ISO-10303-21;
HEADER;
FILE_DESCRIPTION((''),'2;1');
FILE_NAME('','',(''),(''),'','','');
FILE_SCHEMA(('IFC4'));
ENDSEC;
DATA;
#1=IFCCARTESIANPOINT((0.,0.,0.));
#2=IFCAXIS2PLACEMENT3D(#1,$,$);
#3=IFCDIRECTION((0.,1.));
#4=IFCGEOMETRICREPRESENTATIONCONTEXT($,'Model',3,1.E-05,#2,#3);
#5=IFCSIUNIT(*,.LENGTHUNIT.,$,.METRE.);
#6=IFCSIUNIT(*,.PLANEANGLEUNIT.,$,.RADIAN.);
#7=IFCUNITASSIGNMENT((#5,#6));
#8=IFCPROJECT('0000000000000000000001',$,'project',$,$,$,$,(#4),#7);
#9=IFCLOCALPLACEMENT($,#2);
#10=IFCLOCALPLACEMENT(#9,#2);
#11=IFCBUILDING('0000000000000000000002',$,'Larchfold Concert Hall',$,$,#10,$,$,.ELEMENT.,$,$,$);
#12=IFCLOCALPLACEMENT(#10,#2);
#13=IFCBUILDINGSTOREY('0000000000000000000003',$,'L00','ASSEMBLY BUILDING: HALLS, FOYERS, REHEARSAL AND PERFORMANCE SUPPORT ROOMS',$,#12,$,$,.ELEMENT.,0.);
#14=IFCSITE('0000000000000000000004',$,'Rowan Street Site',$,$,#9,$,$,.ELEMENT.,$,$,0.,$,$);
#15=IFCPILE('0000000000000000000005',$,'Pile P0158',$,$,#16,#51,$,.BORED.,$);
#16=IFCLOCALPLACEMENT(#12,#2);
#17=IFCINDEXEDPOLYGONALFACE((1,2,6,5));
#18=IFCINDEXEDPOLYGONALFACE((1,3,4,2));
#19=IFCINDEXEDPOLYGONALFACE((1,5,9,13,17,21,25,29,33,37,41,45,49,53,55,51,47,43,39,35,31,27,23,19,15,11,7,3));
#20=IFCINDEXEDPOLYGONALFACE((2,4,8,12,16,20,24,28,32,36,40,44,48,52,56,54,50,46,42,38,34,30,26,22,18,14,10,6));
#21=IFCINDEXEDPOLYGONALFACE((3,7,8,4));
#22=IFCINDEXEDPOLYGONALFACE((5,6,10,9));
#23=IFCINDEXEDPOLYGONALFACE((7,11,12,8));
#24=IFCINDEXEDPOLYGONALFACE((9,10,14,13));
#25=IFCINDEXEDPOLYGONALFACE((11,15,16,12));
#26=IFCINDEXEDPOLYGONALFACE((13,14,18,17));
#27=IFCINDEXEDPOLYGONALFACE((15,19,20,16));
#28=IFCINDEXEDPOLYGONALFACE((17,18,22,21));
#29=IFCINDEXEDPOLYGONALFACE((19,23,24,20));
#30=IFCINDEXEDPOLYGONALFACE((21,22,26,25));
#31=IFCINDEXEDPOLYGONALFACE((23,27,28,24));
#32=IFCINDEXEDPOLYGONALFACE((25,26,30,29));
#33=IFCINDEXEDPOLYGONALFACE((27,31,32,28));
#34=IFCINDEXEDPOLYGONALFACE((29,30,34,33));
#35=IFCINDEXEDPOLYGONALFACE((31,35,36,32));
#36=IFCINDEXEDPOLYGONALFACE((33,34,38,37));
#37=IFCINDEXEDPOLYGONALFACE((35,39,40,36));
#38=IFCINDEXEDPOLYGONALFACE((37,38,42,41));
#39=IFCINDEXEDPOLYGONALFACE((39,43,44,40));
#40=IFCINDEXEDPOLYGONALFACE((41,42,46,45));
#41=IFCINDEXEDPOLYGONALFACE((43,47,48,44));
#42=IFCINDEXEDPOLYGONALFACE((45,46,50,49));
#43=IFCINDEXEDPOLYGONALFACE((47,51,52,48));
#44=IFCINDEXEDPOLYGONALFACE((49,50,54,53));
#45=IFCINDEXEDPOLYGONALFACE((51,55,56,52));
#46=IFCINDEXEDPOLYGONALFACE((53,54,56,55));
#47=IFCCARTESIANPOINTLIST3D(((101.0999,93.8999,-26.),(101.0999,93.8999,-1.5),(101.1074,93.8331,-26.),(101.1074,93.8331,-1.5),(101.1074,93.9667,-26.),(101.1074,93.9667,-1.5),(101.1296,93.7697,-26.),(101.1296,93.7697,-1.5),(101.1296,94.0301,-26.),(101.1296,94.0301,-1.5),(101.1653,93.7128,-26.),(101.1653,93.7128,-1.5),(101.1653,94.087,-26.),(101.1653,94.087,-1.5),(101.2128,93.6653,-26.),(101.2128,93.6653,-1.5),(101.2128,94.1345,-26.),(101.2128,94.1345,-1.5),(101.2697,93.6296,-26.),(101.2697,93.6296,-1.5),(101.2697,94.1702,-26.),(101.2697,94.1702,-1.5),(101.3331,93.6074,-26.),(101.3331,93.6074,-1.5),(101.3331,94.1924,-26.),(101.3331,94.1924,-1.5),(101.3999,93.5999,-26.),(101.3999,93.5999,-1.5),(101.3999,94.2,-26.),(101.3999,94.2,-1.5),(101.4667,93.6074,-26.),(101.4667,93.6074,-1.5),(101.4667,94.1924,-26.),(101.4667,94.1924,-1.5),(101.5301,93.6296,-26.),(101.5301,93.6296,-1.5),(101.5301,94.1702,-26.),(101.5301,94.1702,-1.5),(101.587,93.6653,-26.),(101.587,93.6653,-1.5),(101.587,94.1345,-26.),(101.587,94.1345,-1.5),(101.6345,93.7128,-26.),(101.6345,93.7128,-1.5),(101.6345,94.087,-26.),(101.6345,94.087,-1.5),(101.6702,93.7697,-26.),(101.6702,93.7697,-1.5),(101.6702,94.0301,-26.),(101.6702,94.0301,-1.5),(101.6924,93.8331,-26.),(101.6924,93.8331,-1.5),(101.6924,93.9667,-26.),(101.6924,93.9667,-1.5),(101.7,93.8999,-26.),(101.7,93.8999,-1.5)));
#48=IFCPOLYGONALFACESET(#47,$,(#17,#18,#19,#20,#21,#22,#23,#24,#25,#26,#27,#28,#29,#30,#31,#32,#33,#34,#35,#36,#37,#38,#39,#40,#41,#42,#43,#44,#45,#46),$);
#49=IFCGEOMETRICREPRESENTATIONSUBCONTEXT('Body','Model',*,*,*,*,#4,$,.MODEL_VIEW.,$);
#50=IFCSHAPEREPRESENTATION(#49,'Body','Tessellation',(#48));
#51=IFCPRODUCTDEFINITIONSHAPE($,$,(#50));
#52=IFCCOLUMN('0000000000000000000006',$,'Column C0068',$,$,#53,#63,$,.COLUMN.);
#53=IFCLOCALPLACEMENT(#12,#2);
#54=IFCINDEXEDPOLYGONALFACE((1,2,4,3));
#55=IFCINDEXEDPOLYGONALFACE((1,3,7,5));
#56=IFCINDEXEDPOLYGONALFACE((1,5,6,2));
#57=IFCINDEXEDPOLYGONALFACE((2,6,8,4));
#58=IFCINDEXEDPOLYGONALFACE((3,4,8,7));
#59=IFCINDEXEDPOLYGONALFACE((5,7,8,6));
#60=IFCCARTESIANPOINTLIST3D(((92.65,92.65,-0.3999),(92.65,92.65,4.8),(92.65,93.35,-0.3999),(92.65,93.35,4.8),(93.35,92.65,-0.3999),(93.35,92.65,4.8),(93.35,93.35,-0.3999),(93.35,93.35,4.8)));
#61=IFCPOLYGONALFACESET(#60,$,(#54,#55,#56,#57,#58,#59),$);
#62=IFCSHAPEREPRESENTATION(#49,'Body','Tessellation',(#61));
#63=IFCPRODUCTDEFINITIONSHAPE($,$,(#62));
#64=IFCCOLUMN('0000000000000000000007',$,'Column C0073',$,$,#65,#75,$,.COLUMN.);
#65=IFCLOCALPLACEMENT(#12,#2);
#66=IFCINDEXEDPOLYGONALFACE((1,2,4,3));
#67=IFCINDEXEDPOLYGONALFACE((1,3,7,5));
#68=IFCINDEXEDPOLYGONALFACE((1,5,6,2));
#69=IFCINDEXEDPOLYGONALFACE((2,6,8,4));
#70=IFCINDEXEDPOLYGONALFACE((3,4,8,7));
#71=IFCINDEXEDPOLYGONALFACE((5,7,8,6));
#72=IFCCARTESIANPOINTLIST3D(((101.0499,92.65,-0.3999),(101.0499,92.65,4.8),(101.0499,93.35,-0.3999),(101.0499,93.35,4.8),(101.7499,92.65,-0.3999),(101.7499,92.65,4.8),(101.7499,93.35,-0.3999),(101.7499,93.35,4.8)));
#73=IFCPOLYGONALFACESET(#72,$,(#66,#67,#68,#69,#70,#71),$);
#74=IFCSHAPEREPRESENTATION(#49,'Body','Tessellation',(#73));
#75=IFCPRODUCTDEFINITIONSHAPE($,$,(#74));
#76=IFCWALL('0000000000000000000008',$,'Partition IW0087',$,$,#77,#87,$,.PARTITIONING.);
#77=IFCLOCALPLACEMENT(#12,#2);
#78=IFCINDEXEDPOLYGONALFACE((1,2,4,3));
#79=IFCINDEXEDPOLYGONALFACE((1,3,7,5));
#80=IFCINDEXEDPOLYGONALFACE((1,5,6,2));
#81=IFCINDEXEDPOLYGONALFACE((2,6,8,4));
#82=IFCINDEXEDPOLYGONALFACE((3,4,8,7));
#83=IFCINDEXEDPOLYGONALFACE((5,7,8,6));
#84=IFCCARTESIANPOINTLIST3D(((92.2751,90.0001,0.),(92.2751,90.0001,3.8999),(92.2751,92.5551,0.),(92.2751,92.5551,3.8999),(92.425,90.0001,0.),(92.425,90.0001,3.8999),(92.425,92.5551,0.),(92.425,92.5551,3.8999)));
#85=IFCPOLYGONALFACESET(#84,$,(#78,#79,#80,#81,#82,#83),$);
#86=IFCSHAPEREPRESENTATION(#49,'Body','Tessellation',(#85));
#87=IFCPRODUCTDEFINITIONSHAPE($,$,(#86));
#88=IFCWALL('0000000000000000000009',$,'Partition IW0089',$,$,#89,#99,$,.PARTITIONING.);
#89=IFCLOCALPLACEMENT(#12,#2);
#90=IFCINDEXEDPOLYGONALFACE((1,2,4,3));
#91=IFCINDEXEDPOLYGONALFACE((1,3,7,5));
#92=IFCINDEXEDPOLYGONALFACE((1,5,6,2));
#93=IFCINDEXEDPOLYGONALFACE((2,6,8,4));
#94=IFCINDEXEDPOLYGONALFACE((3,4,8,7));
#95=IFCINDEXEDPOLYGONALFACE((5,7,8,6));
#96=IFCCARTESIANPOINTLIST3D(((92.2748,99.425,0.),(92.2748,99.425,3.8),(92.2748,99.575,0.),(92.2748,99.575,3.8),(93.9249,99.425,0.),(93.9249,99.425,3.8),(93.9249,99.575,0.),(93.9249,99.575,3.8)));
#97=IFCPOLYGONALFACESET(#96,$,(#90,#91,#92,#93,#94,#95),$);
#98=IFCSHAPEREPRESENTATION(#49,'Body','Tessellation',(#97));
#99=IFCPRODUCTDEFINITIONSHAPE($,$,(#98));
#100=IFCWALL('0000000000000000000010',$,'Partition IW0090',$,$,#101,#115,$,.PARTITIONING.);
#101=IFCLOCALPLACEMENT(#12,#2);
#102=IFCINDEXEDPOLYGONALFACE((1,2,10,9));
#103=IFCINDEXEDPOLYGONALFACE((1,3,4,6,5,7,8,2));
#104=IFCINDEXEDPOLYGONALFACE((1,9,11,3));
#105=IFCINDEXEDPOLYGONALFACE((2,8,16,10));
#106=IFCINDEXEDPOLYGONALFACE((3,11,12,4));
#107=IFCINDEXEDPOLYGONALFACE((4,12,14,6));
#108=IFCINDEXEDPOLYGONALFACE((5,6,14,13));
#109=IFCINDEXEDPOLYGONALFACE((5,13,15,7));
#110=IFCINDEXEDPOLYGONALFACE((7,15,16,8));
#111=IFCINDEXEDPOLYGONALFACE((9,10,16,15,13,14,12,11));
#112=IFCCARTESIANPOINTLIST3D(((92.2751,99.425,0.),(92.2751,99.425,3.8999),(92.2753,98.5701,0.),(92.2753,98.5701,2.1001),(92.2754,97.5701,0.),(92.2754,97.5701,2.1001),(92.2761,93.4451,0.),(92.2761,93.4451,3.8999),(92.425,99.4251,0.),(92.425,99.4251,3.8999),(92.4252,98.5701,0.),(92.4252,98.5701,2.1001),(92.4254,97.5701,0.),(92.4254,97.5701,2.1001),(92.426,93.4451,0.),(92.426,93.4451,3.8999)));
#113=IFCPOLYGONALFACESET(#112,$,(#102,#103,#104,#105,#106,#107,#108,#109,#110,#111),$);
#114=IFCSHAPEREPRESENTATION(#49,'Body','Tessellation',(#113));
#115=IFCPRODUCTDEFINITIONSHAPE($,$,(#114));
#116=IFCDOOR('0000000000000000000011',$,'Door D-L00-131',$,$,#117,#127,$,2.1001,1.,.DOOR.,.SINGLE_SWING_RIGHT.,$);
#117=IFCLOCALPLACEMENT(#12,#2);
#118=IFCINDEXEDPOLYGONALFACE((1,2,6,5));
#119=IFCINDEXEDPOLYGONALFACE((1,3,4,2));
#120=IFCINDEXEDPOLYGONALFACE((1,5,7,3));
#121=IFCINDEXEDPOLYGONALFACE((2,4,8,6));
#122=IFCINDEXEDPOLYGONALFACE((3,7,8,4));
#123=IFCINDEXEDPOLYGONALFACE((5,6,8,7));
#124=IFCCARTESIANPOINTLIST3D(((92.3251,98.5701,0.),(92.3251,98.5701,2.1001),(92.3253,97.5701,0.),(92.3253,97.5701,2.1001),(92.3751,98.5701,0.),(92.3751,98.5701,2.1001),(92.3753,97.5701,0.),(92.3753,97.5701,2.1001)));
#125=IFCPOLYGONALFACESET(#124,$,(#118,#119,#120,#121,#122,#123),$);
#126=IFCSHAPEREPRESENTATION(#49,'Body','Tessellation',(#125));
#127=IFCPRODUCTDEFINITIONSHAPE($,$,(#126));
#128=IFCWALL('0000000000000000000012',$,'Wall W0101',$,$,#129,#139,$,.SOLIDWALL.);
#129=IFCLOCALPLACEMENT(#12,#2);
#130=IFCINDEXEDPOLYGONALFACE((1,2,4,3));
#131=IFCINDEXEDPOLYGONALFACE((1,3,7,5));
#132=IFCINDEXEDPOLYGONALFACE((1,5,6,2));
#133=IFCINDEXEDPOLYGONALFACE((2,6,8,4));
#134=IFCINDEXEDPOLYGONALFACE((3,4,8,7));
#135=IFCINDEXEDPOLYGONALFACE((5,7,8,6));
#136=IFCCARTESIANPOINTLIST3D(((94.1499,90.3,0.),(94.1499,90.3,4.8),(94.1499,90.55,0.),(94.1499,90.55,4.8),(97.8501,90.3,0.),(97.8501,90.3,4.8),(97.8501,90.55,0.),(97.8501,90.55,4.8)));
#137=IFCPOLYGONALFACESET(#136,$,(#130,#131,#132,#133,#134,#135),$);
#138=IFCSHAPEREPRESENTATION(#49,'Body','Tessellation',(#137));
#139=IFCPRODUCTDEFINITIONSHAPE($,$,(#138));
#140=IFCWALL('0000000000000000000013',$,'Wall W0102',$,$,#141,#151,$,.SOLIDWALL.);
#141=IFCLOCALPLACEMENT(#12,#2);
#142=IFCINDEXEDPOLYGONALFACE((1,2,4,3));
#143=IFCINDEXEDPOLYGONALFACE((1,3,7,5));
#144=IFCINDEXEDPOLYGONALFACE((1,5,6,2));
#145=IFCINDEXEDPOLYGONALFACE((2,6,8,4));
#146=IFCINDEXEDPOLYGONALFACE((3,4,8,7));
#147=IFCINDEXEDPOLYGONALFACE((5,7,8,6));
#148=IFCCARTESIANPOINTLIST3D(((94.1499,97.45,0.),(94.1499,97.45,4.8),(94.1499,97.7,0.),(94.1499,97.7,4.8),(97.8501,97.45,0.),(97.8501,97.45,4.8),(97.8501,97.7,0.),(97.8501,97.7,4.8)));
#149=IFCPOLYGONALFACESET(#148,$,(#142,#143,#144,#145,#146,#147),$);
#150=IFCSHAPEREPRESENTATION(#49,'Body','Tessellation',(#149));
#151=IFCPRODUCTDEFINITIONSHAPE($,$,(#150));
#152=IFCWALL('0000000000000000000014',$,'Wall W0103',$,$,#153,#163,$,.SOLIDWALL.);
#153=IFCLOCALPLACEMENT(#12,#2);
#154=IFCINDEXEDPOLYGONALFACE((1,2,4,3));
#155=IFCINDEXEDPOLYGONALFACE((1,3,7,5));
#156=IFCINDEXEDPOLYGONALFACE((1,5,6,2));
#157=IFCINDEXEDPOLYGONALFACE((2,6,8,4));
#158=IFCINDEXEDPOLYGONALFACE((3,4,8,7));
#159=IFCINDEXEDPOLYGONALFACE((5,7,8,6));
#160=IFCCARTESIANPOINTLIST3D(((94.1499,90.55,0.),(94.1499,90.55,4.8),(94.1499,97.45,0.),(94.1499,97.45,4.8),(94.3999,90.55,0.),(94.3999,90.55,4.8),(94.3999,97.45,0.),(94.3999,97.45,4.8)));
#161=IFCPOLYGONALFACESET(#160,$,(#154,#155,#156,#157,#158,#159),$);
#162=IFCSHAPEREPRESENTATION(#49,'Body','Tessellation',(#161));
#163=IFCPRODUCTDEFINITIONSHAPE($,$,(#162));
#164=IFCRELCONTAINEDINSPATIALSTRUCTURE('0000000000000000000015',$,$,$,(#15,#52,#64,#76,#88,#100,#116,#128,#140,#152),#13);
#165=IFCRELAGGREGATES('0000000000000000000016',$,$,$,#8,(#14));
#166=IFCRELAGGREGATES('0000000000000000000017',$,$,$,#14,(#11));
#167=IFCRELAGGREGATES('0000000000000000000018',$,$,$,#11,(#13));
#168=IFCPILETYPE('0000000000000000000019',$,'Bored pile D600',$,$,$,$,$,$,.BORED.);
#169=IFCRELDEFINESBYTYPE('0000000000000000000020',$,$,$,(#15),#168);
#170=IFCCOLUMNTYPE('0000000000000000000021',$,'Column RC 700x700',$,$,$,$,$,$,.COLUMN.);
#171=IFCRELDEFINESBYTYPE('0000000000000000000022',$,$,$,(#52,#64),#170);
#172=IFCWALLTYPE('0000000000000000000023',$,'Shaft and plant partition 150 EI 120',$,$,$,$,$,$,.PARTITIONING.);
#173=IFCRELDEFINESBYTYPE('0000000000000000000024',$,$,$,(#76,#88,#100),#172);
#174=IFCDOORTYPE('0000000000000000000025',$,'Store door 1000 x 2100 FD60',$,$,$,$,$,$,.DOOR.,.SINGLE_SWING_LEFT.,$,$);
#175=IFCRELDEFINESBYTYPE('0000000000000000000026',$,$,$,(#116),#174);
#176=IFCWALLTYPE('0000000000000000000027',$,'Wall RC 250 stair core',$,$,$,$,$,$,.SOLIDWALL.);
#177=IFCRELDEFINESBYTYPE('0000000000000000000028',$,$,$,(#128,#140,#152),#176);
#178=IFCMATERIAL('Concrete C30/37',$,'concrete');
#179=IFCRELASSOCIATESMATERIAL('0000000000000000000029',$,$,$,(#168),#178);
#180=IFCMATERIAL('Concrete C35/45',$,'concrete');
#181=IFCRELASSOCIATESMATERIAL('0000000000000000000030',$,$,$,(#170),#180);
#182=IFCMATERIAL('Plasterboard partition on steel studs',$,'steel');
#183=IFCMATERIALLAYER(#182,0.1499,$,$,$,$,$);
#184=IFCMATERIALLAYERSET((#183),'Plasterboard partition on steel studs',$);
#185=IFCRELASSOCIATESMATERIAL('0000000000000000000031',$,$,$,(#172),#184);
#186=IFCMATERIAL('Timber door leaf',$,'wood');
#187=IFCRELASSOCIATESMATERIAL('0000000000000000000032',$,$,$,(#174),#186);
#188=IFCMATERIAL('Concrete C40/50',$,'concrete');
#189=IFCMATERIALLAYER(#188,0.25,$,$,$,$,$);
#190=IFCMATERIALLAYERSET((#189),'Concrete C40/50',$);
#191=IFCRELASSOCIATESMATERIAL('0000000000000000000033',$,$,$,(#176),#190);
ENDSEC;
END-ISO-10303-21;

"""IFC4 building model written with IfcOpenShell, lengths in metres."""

from ifc_helpers import new_model, si_unit, direction, frame, frame_2d, origin, origin_2d, place, context, subcontext, project, spatial, rectangle, circle, extrude, material, layer, layer_set, material_profile, profile_set, type_object, element, fill, save


model = new_model("IFC4")

# Units and contexts
model_context = context("Model", 3, precision=1e-05, world=origin(), true_north=direction((0.0, 1.0)))
body_context = subcontext(model_context, "Body", "Model", "MODEL_VIEW")
ifc_project = project(units=[si_unit("LENGTHUNIT", "METRE"), si_unit("PLANEANGLEUNIT", "RADIAN")], contexts=[model_context])

# Site, building, storey
site_placement = place(None, origin())
site = spatial("IfcSite", under=ifc_project, at=site_placement, Name="Rowan Street Site", CompositionType="ELEMENT", RefElevation=0.0)
building_placement = place(site_placement, origin())
building = spatial("IfcBuilding", under=site, at=building_placement, Name="Larchfold Concert Hall", CompositionType="ELEMENT")
storey_placement = place(building_placement, origin())
storey = spatial("IfcBuildingStorey", under=building, at=storey_placement, Name="L00", Description="ASSEMBLY BUILDING: HALLS, FOYERS, REHEARSAL AND PERFORMANCE SUPPORT ROOMS", CompositionType="ELEMENT", Elevation=0.0)

# Pile
ifc_material_1 = material(Name="Concrete C30/37", Category="concrete")
ifc_material_profile_1 = material_profile(ifc_material_1, circle(Radius=0.3, at=origin_2d()))
ifc_profile_set_1 = profile_set([ifc_material_profile_1], Name="Concrete C30/37")
pile_type = type_object("IfcPileType", Name="Bored pile D600", PredefinedType="BORED", material=ifc_profile_set_1)
for number, where, z_axis, x_axis, name in (
    (1, (101.3999, 93.8999, -1.5), (0.0, 0.0, -1.0), (1.0, 0.0, 0.0), "Pile P0158"),
):
    element("IfcPile", number, at=place(storey_placement, frame(where, z_axis=z_axis, x_axis=x_axis)), inside=storey, type_object=pile_type, Name=name, PredefinedType="BORED", context=body_context, shape_type="SweptSolid", body=[
        extrude(circle(Radius=0.3, at=origin_2d()), origin(), (0.0, 0.0, 1.0), 24.5),
    ])

# Columns
ifc_material_2 = material(Name="Concrete C35/45", Category="concrete")
ifc_material_profile_2 = material_profile(ifc_material_2, rectangle(XDim=0.7, YDim=0.7, at=origin_2d()))
ifc_profile_set_2 = profile_set([ifc_material_profile_2], Name="Concrete C35/45")
column_type = type_object("IfcColumnType", Name="Column RC 700x700", PredefinedType="COLUMN", material=ifc_profile_set_2)
for number, where, z_axis, x_axis, name in (
    (2, (93.0, 93.0, -0.3999), (0.0, 0.0, 1.0), (1.0, 0.0, 0.0), "Column C0068"),
    (3, (101.3999, 93.0, -0.3999), (0.0, 0.0, 1.0), (1.0, 0.0, 0.0), "Column C0073"),
):
    element("IfcColumn", number, at=place(storey_placement, frame(where, z_axis=z_axis, x_axis=x_axis)), inside=storey, type_object=column_type, Name=name, PredefinedType="COLUMN", context=body_context, shape_type="SweptSolid", body=[
        extrude(rectangle(XDim=0.7, YDim=0.7, at=origin_2d()), origin(), (0.0, 0.0, 1.0), 5.2),
    ])

# Walls
ifc_material_3 = material(Name="Plasterboard partition on steel studs", Category="steel")
ifc_layer_1 = layer(ifc_material_3, 0.1499)
ifc_layer_set_1 = layer_set([ifc_layer_1], Name="Plasterboard partition on steel studs")
wall_type_1 = type_object("IfcWallType", Name="Shaft and plant partition 150 EI 120", PredefinedType="PARTITIONING", material=ifc_layer_set_1)
wall_1_placement = place(storey_placement, frame((92.3501, 92.5549, 0.0), z_axis=(0.0, 0.0, 1.0), x_axis=(0.0, -1.0, 0.0)))
element("IfcWall", 4, at=wall_1_placement, inside=storey, type_object=wall_type_1, Name="Partition IW0087", PredefinedType="PARTITIONING", context=body_context, shape_type="SweptSolid", body=[
    extrude(rectangle(XDim=2.5549, YDim=0.1499, at=frame_2d((1.2773, 0.0))), origin(), (0.0, 0.0, 1.0), 3.8999),
])
wall_2_placement = place(storey_placement, frame((93.925, 99.5, 0.0), z_axis=(0.0, 0.0, 1.0), x_axis=(-1.0, 0.0, 0.0)))
element("IfcWall", 5, at=wall_2_placement, inside=storey, type_object=wall_type_1, Name="Partition IW0089", PredefinedType="PARTITIONING", context=body_context, shape_type="SweptSolid", body=[
    extrude(rectangle(XDim=1.6501, YDim=0.1499, at=frame_2d((0.8252, 0.0))), origin(), (0.0, 0.0, 1.0), 3.8),
])

# Wall, opening, door
wall_3_placement = place(storey_placement, frame((92.3501, 99.425, 0.0), z_axis=(0.0, 0.0, 1.0), x_axis=(0.000163, -1.0, 0.0)))
wall_3 = element("IfcWall", 6, at=wall_3_placement, inside=storey, type_object=wall_type_1, Name="Partition IW0090", PredefinedType="PARTITIONING", context=body_context, shape_type="SweptSolid", body=[
    extrude(rectangle(XDim=5.98, YDim=0.1499, at=frame_2d((2.99, 0.0))), origin(), (0.0, 0.0, 1.0), 3.8999),
])
opening_1_placement = place(wall_3_placement, frame((0.855, 0.0, 0.0)))
opening_1 = element("IfcOpeningElement", 7, at=opening_1_placement, cuts=wall_3, PredefinedType="OPENING", context=body_context, shape_type="SweptSolid", body=[
    extrude(rectangle(XDim=1.0, YDim=2.1001, at=frame_2d((0.5, 1.05))), frame((0.0, 0.085, 0.0), z_axis=(0.0, -1.0, 0.0), x_axis=(1.0, 0.0, 0.0)), (0.0, 0.0, 1.0), 0.1699),
])
ifc_material_4 = material(Name="Timber door leaf", Category="wood")
door_type_1 = type_object("IfcDoorType", Name="Store door 1000 x 2100 FD60", OperationType="SINGLE_SWING_LEFT", PredefinedType="DOOR", material=ifc_material_4)
door_1_placement = place(opening_1_placement, origin())
door_1 = element("IfcDoor", 8, at=door_1_placement, inside=storey, type_object=door_type_1, Name="Door D-L00-131", OperationType="SINGLE_SWING_RIGHT", OverallHeight=2.1001, OverallWidth=1.0, PredefinedType="DOOR", context=body_context, shape_type="SweptSolid", body=[
    extrude(rectangle(XDim=1.0, YDim=2.1001, at=frame_2d((0.5, 1.05))), frame((0.0, 0.0249, 0.0), z_axis=(0.0, -1.0, 0.0), x_axis=(1.0, 0.0, 0.0)), (0.0, 0.0, 1.0), 0.05),
])
fill(opening_1, door_1)

# Walls
ifc_material_5 = material(Name="Concrete C40/50", Category="concrete")
ifc_layer_2 = layer(ifc_material_5, 0.25)
ifc_layer_set_2 = layer_set([ifc_layer_2], Name="Concrete C40/50")
wall_type_2 = type_object("IfcWallType", Name="Wall RC 250 stair core", PredefinedType="SOLIDWALL", material=ifc_layer_set_2)
for number, where, z_axis, x_axis, name in (
    (9, (94.1499, 90.425, 0.0), (0.0, 0.0, 1.0), (1.0, 0.0, 0.0), "Wall W0101"),
    (10, (94.1499, 97.575, 0.0), (0.0, 0.0, 1.0), (1.0, 0.0, 0.0), "Wall W0102"),
):
    element("IfcWall", number, at=place(storey_placement, frame(where, z_axis=z_axis, x_axis=x_axis)), inside=storey, type_object=wall_type_2, Name=name, PredefinedType="SOLIDWALL", context=body_context, shape_type="SweptSolid", body=[
        extrude(rectangle(XDim=3.7002, YDim=0.25, at=frame_2d((1.8501, 0.0))), origin(), (0.0, 0.0, 1.0), 4.8),
    ])
wall_4_placement = place(storey_placement, frame((94.2749, 90.55, 0.0), z_axis=(0.0, 0.0, 1.0), x_axis=(0.0, 1.0, 0.0)))
element("IfcWall", 11, at=wall_4_placement, inside=storey, type_object=wall_type_2, Name="Wall W0103", PredefinedType="SOLIDWALL", context=body_context, shape_type="SweptSolid", body=[
    extrude(rectangle(XDim=6.8999, YDim=0.25, at=frame_2d((3.45, 0.0))), origin(), (0.0, 0.0, 1.0), 4.8),
])

save(model, "model.ifc")
